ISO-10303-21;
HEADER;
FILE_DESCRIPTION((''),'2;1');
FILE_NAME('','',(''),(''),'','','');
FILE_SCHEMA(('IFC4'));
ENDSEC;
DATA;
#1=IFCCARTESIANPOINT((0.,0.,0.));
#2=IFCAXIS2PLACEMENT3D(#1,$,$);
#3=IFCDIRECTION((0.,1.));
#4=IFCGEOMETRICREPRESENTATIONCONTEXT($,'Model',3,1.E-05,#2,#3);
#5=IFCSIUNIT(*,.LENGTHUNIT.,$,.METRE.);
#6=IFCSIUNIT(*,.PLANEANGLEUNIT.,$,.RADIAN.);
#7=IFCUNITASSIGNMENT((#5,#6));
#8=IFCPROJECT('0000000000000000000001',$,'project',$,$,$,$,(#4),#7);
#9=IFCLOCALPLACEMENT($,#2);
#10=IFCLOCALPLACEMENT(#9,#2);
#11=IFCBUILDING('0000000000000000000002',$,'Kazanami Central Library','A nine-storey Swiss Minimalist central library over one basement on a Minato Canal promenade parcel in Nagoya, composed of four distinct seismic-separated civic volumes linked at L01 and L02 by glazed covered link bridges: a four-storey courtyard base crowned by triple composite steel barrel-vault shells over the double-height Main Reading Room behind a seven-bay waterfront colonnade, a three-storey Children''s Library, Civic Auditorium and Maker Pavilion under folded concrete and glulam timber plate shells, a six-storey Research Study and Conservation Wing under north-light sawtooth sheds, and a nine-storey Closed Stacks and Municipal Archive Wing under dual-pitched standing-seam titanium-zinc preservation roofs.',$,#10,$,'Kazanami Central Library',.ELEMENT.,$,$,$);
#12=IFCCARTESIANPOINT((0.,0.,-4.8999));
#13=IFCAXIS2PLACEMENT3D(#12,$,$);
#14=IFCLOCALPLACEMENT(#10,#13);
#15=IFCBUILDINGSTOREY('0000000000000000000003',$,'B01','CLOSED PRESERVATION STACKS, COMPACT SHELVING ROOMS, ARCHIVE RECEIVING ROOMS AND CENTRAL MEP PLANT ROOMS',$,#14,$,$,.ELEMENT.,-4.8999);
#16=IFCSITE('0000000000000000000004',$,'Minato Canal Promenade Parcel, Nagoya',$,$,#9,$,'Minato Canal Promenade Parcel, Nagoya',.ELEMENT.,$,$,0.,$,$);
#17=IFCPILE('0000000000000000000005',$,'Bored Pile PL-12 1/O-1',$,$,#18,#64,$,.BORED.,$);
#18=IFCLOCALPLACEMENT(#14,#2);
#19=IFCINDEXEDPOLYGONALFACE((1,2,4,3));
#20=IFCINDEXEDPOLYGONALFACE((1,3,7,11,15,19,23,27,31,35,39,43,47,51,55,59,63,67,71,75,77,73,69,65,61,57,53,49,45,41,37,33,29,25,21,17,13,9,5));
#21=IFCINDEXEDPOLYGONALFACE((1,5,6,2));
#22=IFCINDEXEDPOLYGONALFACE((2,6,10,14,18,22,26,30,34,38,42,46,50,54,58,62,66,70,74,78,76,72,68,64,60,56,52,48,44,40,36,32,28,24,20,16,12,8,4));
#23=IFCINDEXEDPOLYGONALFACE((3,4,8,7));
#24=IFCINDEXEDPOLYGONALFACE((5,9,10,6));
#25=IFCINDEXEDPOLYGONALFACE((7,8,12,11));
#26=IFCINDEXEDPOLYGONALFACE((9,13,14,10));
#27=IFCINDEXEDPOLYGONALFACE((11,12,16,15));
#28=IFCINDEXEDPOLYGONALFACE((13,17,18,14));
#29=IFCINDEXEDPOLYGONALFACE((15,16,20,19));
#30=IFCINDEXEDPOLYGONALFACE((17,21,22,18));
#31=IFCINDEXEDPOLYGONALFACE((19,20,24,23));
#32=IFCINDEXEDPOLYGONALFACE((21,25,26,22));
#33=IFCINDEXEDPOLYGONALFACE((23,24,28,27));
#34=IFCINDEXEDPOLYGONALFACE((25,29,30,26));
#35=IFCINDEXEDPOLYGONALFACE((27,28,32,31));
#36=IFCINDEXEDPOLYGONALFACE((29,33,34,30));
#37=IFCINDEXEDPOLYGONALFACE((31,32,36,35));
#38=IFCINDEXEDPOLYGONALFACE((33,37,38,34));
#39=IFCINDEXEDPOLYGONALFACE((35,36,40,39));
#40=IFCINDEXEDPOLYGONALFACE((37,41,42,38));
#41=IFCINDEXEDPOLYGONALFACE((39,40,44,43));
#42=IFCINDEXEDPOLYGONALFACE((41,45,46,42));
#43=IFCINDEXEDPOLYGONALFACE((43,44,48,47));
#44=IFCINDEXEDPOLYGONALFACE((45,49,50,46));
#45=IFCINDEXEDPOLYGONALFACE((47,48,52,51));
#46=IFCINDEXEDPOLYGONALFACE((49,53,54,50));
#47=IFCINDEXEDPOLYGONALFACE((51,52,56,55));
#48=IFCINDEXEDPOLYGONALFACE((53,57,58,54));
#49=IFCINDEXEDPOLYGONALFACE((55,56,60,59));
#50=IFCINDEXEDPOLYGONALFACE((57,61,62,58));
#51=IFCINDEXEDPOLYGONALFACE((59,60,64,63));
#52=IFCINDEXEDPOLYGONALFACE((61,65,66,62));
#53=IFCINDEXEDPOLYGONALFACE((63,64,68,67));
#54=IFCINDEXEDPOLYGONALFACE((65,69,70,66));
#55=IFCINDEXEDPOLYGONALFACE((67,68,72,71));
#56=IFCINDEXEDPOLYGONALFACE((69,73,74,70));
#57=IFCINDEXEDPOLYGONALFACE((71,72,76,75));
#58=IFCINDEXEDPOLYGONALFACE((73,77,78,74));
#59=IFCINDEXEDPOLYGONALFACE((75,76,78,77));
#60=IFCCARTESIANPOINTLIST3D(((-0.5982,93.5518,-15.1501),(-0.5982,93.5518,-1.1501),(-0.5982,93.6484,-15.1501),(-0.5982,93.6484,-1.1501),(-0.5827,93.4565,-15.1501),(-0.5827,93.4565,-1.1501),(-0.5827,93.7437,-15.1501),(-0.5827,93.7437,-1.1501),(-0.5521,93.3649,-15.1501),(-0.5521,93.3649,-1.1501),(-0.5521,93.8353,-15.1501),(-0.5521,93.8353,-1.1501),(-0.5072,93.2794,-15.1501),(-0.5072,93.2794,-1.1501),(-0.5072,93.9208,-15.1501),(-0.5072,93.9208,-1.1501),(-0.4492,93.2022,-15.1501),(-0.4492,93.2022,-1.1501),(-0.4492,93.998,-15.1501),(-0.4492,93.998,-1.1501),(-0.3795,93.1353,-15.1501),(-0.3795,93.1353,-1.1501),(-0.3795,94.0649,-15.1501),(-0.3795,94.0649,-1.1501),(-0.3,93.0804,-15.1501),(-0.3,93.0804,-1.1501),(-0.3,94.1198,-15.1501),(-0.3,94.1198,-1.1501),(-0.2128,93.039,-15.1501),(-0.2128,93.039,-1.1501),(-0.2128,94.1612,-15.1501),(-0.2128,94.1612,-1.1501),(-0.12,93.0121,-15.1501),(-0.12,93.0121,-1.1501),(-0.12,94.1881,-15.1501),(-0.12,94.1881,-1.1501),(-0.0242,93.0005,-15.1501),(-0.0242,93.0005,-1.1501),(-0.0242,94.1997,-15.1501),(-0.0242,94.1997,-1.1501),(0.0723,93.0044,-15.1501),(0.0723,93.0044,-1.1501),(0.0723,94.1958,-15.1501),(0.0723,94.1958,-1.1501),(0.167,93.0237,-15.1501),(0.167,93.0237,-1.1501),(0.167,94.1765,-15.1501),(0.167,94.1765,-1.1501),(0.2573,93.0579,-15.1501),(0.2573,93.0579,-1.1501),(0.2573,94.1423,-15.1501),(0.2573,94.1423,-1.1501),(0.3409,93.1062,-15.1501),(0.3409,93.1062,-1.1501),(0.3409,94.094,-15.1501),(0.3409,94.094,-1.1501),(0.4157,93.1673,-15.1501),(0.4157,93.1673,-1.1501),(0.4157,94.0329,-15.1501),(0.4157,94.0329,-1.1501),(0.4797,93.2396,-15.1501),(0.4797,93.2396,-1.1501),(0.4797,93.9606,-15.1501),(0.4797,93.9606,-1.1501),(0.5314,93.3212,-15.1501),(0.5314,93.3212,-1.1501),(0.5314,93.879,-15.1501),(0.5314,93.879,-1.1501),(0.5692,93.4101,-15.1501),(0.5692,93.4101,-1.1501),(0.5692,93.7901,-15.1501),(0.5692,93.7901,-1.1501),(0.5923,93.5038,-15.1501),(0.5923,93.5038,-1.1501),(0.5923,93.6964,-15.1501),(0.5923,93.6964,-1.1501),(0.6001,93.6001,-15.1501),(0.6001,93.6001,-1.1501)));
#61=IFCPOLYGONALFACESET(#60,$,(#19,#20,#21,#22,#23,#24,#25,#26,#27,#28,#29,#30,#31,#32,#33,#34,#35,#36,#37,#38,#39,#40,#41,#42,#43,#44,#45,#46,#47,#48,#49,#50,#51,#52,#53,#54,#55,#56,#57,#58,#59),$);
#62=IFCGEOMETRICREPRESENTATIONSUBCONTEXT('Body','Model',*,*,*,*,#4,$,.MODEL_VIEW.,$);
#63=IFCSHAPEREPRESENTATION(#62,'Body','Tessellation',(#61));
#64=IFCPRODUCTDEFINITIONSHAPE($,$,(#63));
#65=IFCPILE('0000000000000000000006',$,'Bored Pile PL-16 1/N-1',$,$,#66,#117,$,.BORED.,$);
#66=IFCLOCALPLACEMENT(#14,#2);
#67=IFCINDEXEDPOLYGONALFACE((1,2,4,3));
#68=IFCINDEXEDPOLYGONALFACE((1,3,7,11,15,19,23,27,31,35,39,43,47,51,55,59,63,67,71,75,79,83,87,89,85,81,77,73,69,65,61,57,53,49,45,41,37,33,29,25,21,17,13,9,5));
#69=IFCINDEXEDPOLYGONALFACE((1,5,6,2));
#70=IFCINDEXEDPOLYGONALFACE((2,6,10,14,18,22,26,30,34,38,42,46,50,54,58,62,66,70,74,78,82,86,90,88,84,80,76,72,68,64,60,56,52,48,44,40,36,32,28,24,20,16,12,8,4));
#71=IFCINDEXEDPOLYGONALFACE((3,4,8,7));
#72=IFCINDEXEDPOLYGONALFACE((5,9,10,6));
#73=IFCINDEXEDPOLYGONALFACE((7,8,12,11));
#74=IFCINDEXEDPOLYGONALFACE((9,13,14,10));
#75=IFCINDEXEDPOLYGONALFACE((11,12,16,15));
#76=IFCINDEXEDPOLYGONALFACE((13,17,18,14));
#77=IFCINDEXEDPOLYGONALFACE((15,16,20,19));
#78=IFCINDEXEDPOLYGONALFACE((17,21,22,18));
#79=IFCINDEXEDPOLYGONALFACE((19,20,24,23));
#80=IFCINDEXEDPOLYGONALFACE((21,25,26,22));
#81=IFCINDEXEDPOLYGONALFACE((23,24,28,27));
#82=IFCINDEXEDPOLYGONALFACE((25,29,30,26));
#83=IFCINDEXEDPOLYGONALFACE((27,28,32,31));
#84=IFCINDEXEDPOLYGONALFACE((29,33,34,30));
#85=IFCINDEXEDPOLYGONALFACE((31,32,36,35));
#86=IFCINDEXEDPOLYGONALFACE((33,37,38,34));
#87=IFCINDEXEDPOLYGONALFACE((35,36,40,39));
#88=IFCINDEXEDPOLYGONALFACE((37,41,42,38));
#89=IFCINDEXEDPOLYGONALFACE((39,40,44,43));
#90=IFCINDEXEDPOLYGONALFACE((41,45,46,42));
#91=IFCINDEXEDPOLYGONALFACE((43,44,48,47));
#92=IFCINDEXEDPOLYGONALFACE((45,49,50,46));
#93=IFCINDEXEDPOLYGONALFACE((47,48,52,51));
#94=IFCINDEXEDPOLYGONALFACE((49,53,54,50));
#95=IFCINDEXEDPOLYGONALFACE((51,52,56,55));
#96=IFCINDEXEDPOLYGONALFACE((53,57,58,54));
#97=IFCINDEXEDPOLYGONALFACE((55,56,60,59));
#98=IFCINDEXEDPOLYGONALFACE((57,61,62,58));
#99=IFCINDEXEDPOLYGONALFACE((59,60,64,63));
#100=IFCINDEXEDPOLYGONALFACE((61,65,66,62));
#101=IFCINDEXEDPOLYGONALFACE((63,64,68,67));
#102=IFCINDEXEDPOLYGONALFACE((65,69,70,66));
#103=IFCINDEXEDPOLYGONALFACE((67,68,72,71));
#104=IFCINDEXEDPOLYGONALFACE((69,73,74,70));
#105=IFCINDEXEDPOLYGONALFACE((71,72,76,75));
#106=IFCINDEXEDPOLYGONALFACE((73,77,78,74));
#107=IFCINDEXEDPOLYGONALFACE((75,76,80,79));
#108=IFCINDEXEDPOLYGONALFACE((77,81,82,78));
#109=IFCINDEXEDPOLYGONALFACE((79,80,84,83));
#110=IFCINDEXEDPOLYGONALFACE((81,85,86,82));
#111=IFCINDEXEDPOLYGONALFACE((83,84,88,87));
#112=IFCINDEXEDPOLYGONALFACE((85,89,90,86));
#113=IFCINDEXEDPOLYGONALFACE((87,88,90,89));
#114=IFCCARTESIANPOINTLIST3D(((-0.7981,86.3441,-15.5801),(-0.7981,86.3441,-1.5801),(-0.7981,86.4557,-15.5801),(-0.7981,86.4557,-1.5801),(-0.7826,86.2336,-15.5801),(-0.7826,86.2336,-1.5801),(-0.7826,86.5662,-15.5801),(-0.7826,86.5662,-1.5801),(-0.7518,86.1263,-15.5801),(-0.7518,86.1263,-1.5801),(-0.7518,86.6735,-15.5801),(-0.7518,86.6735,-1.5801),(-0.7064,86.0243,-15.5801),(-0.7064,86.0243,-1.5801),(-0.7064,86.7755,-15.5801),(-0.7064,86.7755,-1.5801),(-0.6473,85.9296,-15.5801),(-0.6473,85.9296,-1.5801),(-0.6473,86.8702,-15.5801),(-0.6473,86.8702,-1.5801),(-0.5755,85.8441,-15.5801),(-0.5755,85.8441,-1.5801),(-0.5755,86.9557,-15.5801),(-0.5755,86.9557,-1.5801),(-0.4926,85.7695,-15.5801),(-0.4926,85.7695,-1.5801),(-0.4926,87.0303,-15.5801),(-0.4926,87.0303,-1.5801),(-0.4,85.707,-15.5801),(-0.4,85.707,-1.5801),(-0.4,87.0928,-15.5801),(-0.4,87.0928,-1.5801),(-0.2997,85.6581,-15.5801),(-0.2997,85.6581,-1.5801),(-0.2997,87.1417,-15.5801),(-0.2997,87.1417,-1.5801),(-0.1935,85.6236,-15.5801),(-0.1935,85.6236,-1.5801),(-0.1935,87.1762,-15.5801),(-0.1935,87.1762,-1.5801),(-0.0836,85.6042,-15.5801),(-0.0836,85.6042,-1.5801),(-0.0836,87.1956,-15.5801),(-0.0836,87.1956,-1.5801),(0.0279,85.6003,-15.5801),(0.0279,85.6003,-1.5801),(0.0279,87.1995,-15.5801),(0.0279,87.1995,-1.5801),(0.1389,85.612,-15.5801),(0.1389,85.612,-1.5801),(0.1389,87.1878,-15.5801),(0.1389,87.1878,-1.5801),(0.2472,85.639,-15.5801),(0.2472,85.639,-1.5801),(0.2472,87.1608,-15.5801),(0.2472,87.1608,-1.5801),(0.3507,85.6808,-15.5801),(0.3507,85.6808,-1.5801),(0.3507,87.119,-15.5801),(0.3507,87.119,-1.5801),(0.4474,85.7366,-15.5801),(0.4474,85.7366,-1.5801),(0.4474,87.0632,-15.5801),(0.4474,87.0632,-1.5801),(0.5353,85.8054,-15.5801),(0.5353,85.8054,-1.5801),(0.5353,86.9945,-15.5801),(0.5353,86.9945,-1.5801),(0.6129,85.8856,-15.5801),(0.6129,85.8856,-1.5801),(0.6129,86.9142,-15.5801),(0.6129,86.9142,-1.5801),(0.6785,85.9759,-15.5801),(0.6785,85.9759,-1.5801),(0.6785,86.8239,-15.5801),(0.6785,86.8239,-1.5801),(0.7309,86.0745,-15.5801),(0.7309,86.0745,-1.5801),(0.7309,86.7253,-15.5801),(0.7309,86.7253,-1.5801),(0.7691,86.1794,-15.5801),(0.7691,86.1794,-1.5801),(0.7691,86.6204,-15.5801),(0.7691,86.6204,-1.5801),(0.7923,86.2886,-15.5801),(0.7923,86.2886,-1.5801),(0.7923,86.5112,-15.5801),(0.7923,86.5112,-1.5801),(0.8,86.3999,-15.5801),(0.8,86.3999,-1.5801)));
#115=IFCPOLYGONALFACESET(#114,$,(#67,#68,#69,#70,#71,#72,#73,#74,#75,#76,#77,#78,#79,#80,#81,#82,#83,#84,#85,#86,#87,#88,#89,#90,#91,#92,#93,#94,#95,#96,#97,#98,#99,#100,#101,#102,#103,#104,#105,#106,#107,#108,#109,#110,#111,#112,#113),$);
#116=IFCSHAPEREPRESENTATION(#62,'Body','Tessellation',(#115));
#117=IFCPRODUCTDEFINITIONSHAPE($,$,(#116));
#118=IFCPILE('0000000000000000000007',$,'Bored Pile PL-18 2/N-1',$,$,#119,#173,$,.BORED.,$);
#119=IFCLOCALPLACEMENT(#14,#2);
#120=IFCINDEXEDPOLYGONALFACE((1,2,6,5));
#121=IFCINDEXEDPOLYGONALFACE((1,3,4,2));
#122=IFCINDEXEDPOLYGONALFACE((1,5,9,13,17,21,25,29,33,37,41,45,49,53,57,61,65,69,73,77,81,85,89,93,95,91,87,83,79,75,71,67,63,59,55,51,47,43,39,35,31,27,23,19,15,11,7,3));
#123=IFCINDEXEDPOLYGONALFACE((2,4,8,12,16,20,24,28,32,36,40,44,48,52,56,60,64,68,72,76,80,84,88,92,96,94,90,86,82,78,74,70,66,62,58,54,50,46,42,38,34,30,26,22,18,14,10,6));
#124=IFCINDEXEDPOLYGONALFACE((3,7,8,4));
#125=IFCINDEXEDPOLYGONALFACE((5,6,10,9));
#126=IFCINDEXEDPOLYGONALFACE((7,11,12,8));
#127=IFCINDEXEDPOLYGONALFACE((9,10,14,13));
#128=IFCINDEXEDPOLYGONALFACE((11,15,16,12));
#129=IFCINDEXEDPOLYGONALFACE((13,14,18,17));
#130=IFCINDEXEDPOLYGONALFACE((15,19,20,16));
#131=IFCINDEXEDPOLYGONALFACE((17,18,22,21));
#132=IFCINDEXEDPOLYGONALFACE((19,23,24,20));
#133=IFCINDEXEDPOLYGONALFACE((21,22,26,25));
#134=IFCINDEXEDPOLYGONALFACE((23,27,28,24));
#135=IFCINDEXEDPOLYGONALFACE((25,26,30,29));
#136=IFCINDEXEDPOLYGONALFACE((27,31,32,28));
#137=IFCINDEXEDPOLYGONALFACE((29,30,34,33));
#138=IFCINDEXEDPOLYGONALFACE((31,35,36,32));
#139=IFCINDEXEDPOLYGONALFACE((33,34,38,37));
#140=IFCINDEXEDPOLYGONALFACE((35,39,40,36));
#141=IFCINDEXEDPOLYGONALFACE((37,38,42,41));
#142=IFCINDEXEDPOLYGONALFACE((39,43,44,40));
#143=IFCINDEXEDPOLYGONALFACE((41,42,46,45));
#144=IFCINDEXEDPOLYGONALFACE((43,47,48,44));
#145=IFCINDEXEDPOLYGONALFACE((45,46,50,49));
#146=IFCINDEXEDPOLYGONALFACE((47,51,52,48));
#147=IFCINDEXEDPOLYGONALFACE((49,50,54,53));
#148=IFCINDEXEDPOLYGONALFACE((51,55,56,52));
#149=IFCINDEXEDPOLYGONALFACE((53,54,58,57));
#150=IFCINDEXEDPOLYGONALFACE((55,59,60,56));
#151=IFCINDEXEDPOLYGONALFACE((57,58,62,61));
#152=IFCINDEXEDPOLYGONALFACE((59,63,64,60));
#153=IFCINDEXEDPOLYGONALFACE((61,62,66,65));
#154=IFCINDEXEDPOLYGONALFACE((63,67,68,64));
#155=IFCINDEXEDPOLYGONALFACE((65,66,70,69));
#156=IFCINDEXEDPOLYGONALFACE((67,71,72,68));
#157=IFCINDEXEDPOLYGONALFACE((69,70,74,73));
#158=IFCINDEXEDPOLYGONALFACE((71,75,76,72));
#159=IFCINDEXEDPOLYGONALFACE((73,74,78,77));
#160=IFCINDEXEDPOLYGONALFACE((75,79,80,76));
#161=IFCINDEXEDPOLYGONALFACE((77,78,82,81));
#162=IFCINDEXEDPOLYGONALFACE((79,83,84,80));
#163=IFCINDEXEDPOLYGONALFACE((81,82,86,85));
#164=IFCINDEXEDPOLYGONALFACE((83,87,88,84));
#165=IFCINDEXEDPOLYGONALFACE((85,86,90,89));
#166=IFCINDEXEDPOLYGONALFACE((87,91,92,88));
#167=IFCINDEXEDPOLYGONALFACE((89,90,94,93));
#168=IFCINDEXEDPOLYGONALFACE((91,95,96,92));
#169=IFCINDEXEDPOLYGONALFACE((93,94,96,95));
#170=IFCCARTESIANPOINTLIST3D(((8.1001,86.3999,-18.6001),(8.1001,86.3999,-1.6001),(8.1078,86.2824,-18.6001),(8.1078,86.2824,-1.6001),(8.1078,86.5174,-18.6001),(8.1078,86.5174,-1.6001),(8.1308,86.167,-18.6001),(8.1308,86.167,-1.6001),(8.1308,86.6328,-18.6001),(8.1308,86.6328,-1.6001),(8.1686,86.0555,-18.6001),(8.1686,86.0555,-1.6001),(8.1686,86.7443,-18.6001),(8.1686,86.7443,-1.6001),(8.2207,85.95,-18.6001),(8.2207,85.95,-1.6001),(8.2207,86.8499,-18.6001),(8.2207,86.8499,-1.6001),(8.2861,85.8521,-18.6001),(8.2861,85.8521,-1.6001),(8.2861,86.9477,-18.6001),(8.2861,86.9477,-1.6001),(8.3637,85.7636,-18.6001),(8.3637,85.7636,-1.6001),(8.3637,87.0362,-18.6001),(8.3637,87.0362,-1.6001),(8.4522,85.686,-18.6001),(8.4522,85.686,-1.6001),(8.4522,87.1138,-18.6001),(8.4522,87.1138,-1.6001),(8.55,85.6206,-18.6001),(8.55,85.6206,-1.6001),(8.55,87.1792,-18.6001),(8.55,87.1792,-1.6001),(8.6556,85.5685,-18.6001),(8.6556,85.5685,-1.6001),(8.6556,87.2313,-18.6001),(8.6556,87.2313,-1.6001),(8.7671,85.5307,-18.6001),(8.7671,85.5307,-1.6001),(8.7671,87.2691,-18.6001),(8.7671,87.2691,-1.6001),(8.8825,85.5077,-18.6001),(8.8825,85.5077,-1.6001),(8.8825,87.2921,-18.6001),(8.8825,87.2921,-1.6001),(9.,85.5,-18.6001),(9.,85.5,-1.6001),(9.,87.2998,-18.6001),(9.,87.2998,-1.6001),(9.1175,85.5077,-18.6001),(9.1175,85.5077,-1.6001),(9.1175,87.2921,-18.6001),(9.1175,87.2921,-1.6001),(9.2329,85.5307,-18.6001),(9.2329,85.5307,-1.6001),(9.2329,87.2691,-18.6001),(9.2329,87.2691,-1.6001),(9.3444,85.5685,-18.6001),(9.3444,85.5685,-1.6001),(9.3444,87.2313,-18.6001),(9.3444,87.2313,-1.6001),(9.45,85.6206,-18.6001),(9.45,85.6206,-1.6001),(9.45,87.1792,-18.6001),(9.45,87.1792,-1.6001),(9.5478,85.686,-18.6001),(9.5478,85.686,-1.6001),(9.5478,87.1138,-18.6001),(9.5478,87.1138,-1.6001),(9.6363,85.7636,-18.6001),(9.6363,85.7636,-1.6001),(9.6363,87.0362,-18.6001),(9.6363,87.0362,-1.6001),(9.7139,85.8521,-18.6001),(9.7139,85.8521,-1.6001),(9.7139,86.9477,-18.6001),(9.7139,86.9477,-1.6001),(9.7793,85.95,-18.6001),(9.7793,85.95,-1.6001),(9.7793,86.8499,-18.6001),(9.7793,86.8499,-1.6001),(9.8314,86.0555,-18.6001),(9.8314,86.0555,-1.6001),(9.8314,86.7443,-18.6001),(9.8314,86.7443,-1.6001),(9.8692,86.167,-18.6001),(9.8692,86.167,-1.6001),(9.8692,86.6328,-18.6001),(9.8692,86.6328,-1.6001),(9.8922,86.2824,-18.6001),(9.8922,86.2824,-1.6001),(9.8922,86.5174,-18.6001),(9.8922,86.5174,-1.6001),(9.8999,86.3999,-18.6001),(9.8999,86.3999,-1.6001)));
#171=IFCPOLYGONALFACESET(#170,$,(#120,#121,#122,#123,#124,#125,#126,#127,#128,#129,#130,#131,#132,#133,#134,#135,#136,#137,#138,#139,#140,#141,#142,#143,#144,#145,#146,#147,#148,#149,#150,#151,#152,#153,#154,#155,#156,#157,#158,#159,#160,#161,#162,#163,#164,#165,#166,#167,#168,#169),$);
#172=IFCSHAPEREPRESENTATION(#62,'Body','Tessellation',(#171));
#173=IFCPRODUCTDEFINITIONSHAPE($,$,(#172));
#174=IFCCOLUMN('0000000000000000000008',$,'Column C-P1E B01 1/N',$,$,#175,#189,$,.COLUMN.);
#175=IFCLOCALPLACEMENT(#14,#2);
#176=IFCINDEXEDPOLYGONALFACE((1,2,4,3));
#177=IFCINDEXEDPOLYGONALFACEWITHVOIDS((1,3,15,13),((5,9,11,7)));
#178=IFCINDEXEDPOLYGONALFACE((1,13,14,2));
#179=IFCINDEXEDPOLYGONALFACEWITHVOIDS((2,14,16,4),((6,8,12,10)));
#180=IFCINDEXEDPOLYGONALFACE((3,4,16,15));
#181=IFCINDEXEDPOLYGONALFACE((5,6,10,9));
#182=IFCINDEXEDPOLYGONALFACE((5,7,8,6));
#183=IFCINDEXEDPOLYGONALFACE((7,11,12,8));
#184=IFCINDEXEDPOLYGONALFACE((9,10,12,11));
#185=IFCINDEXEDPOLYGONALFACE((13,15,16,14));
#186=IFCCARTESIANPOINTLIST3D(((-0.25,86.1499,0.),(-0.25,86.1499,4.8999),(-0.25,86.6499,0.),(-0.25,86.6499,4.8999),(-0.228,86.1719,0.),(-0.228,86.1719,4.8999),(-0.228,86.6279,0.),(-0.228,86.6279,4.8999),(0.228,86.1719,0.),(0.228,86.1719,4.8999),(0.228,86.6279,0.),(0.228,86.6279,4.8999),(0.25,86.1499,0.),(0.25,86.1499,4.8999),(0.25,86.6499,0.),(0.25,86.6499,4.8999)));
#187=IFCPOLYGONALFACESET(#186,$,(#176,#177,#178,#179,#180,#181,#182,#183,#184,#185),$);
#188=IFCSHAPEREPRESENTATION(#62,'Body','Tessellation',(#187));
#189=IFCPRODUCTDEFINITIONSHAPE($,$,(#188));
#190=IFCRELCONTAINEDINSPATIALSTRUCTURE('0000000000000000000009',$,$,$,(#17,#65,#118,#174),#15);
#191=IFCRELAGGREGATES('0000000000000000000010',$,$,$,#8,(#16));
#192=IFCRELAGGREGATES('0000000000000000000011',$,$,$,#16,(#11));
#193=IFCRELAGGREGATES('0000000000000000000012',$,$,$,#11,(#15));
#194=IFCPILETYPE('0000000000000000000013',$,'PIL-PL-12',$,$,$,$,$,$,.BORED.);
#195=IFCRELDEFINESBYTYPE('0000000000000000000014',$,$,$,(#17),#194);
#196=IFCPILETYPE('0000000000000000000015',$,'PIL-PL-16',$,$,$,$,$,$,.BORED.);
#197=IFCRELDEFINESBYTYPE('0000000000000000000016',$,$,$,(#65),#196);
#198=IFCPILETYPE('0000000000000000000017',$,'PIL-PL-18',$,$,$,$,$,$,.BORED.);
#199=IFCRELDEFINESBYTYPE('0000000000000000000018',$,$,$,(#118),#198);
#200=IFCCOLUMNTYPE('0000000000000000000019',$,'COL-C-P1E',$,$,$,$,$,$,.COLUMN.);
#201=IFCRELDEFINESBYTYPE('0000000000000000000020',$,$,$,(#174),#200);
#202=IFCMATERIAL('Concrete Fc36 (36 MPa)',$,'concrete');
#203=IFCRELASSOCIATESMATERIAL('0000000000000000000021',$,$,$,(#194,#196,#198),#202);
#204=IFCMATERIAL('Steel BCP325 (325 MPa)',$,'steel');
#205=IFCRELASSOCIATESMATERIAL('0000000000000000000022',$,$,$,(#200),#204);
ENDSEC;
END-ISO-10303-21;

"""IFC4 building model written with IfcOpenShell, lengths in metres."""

from ifc_helpers import new_model, si_unit, direction, frame, origin, origin_2d, place, context, subcontext, project, spatial, hollow_rectangle, circle, extrude, material, material_profile, profile_set, type_object, element, save


model = new_model("IFC4")

# Units and contexts
model_context = context("Model", 3, precision=1e-05, world=origin(), true_north=direction((0.0, 1.0)))
body_context = subcontext(model_context, "Body", "Model", "MODEL_VIEW")
ifc_project = project(units=[si_unit("LENGTHUNIT", "METRE"), si_unit("PLANEANGLEUNIT", "RADIAN")], contexts=[model_context])

# Site, building, storey
site_placement = place(None, origin())
site = spatial("IfcSite", under=ifc_project, at=site_placement, Name="Minato Canal Promenade Parcel, Nagoya", LongName="Minato Canal Promenade Parcel, Nagoya", CompositionType="ELEMENT", RefElevation=0.0)
building_placement = place(site_placement, origin())
building = spatial("IfcBuilding", under=site, at=building_placement, Name="Kazanami Central Library", Description="A nine-storey Swiss Minimalist central library over one basement on a Minato Canal promenade parcel in Nagoya, composed of four distinct seismic-separated civic volumes linked at L01 and L02 by glazed covered link bridges: a four-storey courtyard base crowned by triple composite steel barrel-vault shells over the double-height Main Reading Room behind a seven-bay waterfront colonnade, a three-storey Children's Library, Civic Auditorium and Maker Pavilion under folded concrete and glulam timber plate shells, a six-storey Research Study and Conservation Wing under north-light sawtooth sheds, and a nine-storey Closed Stacks and Municipal Archive Wing under dual-pitched standing-seam titanium-zinc preservation roofs.", LongName="Kazanami Central Library", CompositionType="ELEMENT")
storey_placement = place(building_placement, frame((0.0, 0.0, -4.8999)))
storey = spatial("IfcBuildingStorey", under=building, at=storey_placement, Name="B01", Description="CLOSED PRESERVATION STACKS, COMPACT SHELVING ROOMS, ARCHIVE RECEIVING ROOMS AND CENTRAL MEP PLANT ROOMS", CompositionType="ELEMENT", Elevation=-4.8999)

# Shared definitions
ifc_material_1 = material(Name="Concrete Fc36 (36 MPa)", Category="concrete")

# Piles
ifc_material_profile_1 = material_profile(ifc_material_1, circle(Radius=0.6001, at=origin_2d()), Name="BORED-D1200")
ifc_profile_set_1 = profile_set([ifc_material_profile_1], Name="Concrete Fc36 (36 MPa)")
pile_type_1 = type_object("IfcPileType", Name="PIL-PL-12", PredefinedType="BORED", material=ifc_profile_set_1)
pile_1_placement = place(storey_placement, frame((0.0, 93.6001, -1.1501), z_axis=(0.0, 0.0, -1.0), x_axis=(1.0, 0.0, 0.0)))
element("IfcPile", 1, at=pile_1_placement, inside=storey, type_object=pile_type_1, Name="Bored Pile PL-12 1/O-1", PredefinedType="BORED", context=body_context, shape_type="SweptSolid", body=[
    extrude(circle(Radius=0.6001, at=origin_2d()), origin(), (0.0, 0.0, 1.0), 14.0),
])
ifc_material_profile_2 = material_profile(ifc_material_1, circle(Radius=0.8, at=origin_2d()), Name="BORED-D1600")
ifc_profile_set_2 = profile_set([ifc_material_profile_2], Name="Concrete Fc36 (36 MPa)")
pile_type_2 = type_object("IfcPileType", Name="PIL-PL-16", PredefinedType="BORED", material=ifc_profile_set_2)
pile_2_placement = place(storey_placement, frame((0.0, 86.3999, -1.5801), z_axis=(0.0, 0.0, -1.0), x_axis=(1.0, 0.0, 0.0)))
element("IfcPile", 2, at=pile_2_placement, inside=storey, type_object=pile_type_2, Name="Bored Pile PL-16 1/N-1", PredefinedType="BORED", context=body_context, shape_type="SweptSolid", body=[
    extrude(circle(Radius=0.8, at=origin_2d()), origin(), (0.0, 0.0, 1.0), 14.0),
])
ifc_material_profile_3 = material_profile(ifc_material_1, circle(Radius=0.8999, at=origin_2d()), Name="BORED-D1800")
ifc_profile_set_3 = profile_set([ifc_material_profile_3], Name="Concrete Fc36 (36 MPa)")
pile_type_3 = type_object("IfcPileType", Name="PIL-PL-18", PredefinedType="BORED", material=ifc_profile_set_3)
pile_3_placement = place(storey_placement, frame((9.0, 86.3999, -1.6001), z_axis=(0.0, 0.0, -1.0), x_axis=(1.0, 0.0, 0.0)))
element("IfcPile", 3, at=pile_3_placement, inside=storey, type_object=pile_type_3, Name="Bored Pile PL-18 2/N-1", PredefinedType="BORED", context=body_context, shape_type="SweptSolid", body=[
    extrude(circle(Radius=0.8999, at=origin_2d()), origin(), (0.0, 0.0, 1.0), 17.0),
])

# Column
ifc_material_2 = material(Name="Steel BCP325 (325 MPa)", Category="steel")
ifc_material_profile_4 = material_profile(ifc_material_2, hollow_rectangle(XDim=0.5, YDim=0.5, WallThickness=0.022, at=origin_2d()), Name="BCP-500x500x22")
ifc_profile_set_4 = profile_set([ifc_material_profile_4], Name="Steel BCP325 (325 MPa)")
column_type = type_object("IfcColumnType", Name="COL-C-P1E", PredefinedType="COLUMN", material=ifc_profile_set_4)
for number, where, z_axis, x_axis, name in (
    (4, (0.0, 86.3999, 0.0), (0.0, 0.0, 1.0), (1.0, 0.0, 0.0), "Column C-P1E B01 1/N"),
):
    element("IfcColumn", number, at=place(storey_placement, frame(where, z_axis=z_axis, x_axis=x_axis)), inside=storey, type_object=column_type, Name=name, PredefinedType="COLUMN", context=body_context, shape_type="SweptSolid", body=[
        extrude(hollow_rectangle(XDim=0.5, YDim=0.5, WallThickness=0.022, at=origin_2d()), origin(), (0.0, 0.0, 1.0), 4.8999),
    ])

save(model, "model.ifc")
